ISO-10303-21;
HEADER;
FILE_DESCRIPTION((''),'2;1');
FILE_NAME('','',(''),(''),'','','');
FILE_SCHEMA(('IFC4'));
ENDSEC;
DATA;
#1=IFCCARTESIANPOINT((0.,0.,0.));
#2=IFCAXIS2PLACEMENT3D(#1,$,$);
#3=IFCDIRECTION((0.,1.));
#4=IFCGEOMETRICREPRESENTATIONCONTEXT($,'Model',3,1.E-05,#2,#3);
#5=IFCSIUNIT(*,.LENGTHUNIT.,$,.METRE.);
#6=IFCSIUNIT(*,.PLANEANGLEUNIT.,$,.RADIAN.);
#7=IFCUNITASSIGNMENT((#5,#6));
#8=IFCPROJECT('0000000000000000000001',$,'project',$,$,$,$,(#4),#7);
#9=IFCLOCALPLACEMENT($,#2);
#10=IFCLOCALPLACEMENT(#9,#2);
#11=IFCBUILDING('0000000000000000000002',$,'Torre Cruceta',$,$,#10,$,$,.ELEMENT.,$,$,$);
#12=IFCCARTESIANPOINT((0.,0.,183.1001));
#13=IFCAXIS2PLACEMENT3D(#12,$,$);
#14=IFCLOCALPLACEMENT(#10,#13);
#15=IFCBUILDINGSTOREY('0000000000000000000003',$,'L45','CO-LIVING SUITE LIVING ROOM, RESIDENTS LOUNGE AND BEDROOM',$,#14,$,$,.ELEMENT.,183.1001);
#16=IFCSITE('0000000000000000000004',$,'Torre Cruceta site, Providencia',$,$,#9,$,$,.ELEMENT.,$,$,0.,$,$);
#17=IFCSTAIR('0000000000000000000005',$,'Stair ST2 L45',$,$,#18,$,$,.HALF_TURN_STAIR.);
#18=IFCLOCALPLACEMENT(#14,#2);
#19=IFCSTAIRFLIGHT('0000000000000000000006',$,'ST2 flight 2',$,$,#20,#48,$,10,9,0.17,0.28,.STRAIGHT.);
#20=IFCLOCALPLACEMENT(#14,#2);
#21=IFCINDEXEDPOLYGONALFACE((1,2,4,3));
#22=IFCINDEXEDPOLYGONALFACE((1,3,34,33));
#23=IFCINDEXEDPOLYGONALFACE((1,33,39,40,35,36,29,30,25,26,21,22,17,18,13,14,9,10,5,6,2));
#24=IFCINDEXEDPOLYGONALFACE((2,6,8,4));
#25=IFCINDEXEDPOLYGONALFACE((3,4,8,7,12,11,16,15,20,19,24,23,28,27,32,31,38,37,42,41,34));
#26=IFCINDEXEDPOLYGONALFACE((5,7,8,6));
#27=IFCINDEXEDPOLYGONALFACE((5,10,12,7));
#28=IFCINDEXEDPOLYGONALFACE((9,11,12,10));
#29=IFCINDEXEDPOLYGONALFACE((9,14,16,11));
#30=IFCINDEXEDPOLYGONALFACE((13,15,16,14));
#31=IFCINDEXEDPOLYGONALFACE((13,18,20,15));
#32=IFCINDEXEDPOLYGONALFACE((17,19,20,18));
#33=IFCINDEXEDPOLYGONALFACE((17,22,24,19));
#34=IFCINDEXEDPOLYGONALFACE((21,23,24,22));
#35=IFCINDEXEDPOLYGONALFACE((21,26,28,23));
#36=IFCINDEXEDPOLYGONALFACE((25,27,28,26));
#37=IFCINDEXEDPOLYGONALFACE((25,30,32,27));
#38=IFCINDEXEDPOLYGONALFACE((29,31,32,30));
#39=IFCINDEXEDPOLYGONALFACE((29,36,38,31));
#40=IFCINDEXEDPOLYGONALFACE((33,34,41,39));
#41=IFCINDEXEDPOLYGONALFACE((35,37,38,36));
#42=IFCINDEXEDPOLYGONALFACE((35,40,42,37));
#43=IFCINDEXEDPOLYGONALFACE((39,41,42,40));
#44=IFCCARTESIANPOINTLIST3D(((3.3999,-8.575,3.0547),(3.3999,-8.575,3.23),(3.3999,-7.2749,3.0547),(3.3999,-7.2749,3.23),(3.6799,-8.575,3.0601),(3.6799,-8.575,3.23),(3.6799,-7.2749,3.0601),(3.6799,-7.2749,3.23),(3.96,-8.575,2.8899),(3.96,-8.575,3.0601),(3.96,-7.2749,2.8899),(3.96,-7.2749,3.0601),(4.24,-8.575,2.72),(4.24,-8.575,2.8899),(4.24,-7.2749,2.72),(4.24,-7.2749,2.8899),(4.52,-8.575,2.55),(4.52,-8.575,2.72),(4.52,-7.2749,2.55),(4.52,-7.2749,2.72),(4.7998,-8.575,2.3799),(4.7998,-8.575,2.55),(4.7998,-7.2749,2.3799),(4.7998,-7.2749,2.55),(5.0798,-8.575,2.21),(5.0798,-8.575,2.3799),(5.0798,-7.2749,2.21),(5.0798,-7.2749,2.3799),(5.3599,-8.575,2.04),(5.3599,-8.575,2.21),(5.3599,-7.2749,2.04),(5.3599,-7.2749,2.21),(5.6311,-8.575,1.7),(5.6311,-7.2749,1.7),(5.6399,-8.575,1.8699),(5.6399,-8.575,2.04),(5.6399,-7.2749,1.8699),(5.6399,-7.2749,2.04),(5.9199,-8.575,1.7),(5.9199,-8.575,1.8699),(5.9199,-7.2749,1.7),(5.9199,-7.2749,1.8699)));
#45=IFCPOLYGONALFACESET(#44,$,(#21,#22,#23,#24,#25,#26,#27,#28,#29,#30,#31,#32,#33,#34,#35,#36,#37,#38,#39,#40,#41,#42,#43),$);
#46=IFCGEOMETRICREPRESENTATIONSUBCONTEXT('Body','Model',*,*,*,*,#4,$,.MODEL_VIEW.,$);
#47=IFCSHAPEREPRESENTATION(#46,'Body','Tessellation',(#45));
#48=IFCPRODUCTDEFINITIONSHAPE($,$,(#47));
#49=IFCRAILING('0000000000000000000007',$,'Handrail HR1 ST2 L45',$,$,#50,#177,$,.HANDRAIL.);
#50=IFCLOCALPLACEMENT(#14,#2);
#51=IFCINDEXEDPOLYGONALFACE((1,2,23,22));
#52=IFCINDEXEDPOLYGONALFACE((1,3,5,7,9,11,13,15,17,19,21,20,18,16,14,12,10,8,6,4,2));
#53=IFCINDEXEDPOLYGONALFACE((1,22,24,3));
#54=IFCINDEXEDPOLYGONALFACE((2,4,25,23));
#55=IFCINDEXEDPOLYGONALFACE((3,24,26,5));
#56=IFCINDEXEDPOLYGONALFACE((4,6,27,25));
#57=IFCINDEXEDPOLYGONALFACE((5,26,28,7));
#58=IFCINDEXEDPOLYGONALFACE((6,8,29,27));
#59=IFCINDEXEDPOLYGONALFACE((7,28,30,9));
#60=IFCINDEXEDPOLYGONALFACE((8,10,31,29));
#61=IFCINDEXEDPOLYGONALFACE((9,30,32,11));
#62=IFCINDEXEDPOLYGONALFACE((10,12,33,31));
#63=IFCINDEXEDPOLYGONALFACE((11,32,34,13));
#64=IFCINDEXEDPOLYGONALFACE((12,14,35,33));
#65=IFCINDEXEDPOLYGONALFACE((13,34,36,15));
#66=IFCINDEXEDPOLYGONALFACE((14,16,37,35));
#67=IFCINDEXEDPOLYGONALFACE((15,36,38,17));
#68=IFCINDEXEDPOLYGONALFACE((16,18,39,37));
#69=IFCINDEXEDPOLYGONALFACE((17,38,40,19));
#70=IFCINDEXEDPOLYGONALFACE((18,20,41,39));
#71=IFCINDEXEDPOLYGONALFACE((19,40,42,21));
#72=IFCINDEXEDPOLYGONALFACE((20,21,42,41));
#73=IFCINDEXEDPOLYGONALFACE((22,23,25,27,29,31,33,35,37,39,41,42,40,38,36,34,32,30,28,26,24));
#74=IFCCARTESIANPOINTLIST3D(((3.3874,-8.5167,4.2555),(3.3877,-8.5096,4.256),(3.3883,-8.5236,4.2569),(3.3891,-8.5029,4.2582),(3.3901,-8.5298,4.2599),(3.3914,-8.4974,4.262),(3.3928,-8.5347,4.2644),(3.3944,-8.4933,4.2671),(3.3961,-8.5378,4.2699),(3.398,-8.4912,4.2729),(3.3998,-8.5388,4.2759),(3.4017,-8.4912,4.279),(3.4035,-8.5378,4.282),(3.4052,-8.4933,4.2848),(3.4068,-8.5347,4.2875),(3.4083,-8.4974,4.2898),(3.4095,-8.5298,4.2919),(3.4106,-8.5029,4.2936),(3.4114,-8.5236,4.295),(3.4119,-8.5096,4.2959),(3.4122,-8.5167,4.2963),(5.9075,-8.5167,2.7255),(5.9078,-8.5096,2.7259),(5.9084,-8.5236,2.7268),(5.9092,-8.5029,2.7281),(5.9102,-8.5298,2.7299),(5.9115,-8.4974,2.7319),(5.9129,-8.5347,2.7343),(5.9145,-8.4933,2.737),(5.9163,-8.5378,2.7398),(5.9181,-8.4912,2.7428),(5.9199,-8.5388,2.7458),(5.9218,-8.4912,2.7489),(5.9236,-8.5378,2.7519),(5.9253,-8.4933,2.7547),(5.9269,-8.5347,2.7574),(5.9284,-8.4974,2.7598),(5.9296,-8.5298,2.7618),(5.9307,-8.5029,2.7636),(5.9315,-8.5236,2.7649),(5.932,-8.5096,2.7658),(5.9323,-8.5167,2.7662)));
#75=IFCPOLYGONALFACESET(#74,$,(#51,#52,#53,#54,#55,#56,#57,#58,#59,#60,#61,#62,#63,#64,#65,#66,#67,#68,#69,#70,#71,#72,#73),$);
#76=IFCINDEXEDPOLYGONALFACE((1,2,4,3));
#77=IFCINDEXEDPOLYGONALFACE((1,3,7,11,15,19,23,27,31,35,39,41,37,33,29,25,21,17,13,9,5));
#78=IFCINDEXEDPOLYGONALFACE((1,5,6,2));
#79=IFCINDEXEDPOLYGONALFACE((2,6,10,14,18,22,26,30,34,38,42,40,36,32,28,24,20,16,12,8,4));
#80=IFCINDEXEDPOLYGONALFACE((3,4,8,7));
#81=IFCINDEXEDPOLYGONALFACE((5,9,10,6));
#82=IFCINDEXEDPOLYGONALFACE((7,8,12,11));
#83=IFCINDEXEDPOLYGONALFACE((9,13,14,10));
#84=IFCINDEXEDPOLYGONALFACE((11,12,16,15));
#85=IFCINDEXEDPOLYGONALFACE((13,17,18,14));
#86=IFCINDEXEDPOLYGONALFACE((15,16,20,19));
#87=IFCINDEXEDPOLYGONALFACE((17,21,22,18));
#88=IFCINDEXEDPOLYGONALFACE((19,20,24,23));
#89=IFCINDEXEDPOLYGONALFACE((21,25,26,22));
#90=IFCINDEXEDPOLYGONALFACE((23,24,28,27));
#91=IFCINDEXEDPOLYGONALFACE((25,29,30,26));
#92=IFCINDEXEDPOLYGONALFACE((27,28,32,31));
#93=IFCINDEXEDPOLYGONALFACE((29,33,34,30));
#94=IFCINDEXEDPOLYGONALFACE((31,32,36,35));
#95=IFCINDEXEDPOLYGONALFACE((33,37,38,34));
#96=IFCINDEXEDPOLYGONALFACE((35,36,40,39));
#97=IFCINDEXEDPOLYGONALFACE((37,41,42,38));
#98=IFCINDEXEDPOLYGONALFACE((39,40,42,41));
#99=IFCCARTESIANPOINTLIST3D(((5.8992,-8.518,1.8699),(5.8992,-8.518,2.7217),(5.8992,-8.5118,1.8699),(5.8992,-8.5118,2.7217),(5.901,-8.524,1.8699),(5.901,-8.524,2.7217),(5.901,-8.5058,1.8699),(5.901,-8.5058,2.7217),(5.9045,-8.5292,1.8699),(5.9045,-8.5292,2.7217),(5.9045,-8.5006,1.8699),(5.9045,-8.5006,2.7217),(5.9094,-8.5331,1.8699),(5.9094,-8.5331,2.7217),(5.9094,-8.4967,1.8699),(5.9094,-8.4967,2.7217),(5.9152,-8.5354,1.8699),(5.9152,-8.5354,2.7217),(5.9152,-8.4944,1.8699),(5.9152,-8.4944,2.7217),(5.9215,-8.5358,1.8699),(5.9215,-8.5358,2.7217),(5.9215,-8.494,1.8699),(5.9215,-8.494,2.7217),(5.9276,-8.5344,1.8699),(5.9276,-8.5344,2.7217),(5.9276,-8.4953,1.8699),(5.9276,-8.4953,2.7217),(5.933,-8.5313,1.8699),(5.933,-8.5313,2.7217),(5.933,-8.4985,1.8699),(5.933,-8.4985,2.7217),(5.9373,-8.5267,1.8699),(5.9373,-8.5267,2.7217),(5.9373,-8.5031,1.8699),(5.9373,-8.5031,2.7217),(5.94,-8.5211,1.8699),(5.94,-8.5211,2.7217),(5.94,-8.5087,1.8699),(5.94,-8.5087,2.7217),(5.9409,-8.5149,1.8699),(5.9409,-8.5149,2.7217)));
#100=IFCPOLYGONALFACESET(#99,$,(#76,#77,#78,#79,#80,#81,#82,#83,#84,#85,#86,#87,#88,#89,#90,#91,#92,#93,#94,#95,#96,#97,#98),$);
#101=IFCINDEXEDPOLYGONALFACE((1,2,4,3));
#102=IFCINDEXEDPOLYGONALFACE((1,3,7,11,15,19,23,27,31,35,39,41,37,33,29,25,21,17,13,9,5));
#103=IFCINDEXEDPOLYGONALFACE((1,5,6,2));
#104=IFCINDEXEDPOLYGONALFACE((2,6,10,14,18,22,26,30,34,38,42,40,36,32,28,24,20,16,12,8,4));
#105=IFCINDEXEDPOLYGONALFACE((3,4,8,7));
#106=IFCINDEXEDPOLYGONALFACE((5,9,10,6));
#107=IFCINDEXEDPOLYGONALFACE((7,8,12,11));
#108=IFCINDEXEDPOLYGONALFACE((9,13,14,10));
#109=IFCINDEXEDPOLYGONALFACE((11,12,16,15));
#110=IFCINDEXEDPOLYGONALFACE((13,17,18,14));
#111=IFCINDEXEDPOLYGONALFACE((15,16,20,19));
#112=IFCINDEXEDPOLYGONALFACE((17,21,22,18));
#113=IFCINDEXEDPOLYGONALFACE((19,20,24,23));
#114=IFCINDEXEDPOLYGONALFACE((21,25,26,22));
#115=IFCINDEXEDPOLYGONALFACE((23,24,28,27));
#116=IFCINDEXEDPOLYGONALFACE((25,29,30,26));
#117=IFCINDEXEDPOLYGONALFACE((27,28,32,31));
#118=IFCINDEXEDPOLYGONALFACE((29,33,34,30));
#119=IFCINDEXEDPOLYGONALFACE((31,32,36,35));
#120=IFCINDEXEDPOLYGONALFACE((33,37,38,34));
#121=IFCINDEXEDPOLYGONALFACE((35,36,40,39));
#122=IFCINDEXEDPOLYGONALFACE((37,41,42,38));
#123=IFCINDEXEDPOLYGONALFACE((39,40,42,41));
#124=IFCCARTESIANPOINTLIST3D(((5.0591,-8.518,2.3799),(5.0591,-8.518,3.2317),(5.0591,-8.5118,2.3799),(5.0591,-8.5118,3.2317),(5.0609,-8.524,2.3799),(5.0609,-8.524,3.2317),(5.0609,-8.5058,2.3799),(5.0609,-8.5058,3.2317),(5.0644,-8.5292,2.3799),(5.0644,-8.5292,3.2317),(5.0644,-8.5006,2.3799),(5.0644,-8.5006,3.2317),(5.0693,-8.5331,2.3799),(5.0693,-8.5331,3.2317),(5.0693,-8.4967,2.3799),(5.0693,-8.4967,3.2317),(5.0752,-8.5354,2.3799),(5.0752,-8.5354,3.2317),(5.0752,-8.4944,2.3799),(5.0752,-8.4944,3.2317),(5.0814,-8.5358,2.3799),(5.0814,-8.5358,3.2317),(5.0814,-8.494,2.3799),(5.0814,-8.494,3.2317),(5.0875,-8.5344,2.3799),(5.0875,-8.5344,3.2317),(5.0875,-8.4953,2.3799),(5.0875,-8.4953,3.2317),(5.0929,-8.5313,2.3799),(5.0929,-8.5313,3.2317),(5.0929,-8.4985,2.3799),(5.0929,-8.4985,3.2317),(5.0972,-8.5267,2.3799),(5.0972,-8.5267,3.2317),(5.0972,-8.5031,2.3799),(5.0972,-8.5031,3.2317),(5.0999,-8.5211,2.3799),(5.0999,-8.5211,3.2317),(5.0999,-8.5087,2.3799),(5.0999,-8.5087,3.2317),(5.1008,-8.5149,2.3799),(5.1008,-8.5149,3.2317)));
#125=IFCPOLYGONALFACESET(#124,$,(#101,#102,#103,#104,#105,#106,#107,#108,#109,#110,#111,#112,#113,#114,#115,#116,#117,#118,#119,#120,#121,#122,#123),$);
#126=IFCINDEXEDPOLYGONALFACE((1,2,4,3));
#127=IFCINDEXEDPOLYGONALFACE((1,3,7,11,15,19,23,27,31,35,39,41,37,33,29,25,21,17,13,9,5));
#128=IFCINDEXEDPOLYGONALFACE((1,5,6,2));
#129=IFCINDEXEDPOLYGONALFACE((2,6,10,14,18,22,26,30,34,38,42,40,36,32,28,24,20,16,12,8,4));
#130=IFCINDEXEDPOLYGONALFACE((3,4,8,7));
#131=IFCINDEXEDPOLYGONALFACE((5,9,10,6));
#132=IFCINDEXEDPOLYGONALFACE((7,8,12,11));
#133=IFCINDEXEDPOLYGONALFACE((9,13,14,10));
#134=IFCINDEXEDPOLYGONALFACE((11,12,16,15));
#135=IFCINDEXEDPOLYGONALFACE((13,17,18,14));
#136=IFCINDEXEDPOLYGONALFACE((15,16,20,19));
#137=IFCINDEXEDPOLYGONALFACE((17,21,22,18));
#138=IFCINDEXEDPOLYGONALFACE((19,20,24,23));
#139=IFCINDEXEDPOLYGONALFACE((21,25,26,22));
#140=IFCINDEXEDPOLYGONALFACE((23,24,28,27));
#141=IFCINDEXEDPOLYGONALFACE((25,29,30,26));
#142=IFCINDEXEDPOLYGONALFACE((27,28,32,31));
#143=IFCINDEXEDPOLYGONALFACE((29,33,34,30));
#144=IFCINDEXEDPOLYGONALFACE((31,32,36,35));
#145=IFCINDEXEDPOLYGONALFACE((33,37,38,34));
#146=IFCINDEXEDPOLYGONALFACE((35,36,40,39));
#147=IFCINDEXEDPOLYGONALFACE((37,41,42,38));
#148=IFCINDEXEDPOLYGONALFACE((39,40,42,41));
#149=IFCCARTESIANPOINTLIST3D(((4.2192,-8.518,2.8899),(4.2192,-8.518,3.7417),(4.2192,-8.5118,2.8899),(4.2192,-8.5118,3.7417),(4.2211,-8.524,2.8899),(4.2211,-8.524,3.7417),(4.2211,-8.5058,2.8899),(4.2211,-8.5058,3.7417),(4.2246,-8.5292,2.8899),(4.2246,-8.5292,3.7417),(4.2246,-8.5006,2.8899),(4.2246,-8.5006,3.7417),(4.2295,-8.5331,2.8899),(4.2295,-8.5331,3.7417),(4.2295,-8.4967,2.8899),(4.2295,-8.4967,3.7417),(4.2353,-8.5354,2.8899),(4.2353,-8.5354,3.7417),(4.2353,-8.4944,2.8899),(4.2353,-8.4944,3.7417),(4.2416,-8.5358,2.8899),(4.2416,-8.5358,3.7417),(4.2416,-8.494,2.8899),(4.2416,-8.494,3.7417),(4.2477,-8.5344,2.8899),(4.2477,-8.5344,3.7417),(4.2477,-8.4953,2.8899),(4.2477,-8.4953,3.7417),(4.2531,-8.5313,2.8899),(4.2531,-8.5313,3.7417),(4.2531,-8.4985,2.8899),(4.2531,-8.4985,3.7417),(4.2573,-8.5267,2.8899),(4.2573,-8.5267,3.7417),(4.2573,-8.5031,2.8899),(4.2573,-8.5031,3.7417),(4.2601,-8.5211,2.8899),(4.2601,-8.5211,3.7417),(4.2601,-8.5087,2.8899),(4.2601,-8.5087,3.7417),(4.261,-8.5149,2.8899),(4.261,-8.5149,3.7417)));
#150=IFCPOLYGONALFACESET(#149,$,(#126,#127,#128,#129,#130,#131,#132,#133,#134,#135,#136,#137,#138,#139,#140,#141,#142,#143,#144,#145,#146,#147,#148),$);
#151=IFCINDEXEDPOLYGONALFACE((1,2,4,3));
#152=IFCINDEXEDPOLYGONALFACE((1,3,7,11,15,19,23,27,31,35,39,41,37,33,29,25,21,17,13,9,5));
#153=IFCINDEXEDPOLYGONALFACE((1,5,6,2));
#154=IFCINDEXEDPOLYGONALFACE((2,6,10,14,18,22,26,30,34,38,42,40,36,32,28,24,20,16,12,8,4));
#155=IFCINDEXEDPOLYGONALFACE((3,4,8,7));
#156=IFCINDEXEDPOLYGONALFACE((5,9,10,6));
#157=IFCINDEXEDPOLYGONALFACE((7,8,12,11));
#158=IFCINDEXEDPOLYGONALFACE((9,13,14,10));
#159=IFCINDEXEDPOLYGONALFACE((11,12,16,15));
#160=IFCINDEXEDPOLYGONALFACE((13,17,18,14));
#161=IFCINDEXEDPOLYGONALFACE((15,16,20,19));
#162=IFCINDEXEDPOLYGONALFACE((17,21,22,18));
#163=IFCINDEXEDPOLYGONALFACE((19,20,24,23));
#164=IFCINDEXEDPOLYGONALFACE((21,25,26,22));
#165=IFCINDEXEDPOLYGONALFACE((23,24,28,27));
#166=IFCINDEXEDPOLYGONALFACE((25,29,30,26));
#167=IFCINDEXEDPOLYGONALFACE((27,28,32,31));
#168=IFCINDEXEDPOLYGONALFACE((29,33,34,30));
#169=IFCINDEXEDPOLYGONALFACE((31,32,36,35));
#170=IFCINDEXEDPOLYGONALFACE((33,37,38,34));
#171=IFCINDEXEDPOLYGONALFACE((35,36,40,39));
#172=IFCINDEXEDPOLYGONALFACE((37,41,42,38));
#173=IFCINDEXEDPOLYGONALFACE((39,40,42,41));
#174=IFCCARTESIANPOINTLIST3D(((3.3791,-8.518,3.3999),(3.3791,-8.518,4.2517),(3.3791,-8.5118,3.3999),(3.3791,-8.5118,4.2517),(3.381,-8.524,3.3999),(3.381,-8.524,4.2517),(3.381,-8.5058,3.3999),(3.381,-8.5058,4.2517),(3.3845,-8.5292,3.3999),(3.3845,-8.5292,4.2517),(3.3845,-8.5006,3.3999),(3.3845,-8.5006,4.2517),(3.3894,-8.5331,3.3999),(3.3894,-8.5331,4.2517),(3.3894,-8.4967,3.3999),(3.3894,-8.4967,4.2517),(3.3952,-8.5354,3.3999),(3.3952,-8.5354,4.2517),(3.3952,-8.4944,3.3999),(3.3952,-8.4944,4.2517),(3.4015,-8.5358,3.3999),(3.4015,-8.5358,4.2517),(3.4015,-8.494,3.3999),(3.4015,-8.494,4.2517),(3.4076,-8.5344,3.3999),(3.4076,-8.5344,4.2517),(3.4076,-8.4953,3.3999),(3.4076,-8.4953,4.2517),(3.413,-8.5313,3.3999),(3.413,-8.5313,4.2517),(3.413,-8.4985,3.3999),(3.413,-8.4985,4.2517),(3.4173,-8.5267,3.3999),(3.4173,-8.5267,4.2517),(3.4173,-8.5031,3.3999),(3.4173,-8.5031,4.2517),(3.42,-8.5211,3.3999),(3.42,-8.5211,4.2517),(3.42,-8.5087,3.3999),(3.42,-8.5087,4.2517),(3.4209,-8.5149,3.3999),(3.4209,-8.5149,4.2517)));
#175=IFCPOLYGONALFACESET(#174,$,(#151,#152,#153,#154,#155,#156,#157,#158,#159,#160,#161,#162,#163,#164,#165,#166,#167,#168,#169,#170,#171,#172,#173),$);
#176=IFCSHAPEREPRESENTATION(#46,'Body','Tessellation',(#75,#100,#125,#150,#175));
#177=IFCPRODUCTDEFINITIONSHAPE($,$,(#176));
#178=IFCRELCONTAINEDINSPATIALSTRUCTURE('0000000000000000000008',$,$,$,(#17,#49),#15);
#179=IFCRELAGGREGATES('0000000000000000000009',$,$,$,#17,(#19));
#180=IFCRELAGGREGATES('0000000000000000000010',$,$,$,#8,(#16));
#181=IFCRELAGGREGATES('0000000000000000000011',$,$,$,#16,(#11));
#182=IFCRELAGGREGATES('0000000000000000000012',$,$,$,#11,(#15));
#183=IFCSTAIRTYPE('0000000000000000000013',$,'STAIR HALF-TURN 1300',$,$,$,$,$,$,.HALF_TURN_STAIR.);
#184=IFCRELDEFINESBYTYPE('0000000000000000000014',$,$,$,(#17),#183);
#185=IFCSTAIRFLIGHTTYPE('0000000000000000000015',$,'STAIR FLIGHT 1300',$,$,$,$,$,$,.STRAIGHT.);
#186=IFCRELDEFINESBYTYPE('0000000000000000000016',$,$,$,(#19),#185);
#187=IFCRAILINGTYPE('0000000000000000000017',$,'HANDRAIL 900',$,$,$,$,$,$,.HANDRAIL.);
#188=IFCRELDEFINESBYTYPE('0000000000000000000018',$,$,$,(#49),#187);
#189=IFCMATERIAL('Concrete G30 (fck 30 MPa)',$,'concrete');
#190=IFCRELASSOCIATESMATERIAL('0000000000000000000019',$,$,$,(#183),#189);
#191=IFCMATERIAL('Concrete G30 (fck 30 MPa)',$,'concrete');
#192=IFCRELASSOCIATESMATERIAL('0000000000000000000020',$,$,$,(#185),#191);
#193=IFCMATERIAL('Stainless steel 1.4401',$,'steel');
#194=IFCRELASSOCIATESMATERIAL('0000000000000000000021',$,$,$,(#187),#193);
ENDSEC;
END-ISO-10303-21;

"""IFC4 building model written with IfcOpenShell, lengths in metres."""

from ifc_helpers import new_model, si_unit, direction, frame, origin, origin_2d, place, context, subcontext, project, spatial, polyline, circle, outline, extrude, material, type_object, element, aggregate, save


model = new_model("IFC4")

# Units and contexts
model_context = context("Model", 3, precision=1e-05, world=origin(), true_north=direction((0.0, 1.0)))
body_context = subcontext(model_context, "Body", "Model", "MODEL_VIEW")
ifc_project = project(units=[si_unit("LENGTHUNIT", "METRE"), si_unit("PLANEANGLEUNIT", "RADIAN")], contexts=[model_context])

# Site, building, storey
site_placement = place(None, origin())
site = spatial("IfcSite", under=ifc_project, at=site_placement, Name="Torre Cruceta site, Providencia", CompositionType="ELEMENT", RefElevation=0.0)
building_placement = place(site_placement, origin())
building = spatial("IfcBuilding", under=site, at=building_placement, Name="Torre Cruceta", CompositionType="ELEMENT")
storey_placement = place(building_placement, frame((0.0, 0.0, 183.1001)))
storey = spatial("IfcBuildingStorey", under=building, at=storey_placement, Name="L45", Description="CO-LIVING SUITE LIVING ROOM, RESIDENTS LOUNGE AND BEDROOM", CompositionType="ELEMENT", Elevation=183.1001)

# Stair, stair flight
ifc_material_1 = material(Name="Concrete G30 (fck 30 MPa)", Category="concrete")
stair_type = type_object("IfcStairType", Name="STAIR HALF-TURN 1300", PredefinedType="HALF_TURN_STAIR", material=ifc_material_1)
stair_placement = place(storey_placement, origin())
stair = element("IfcStair", 1, at=stair_placement, inside=storey, type_object=stair_type, Name="Stair ST2 L45", PredefinedType="HALF_TURN_STAIR")
ifc_material_2 = material(Name="Concrete G30 (fck 30 MPa)", Category="concrete")
stair_flight_type = type_object("IfcStairFlightType", Name="STAIR FLIGHT 1300", PredefinedType="STRAIGHT", material=ifc_material_2)
stair_flight_1_placement = place(storey_placement, frame((5.9199, -7.925, 1.7), z_axis=(0.0, 0.0, 1.0), x_axis=(-1.0, 0.0, 0.0)))
stair_flight_1 = element("IfcStairFlight", 2, at=stair_flight_1_placement, type_object=stair_flight_type, Name="ST2 flight 2", NumberOfRisers=10, NumberOfTreads=9, PredefinedType="STRAIGHT", RiserHeight=0.17, TreadLength=0.28, context=body_context, shape_type="SweptSolid", body=[
    extrude(outline(polyline([(0.0, 0.0), (0.0, 0.1699), (0.28, 0.1699), (0.28, 0.3401), (0.5601, 0.3401), (0.5601, 0.51), (0.8401, 0.51), (0.8401, 0.6799), (1.1201, 0.6799), (1.1201, 0.8501), (1.3999, 0.8501), (1.3999, 1.02), (1.6799, 1.02), (1.6799, 1.1899), (1.96, 1.1899), (1.96, 1.3601), (2.24, 1.3601), (2.24, 1.53), (2.52, 1.53), (2.52, 1.7), (2.52, 1.3547), (0.2888, 0.0), (0.0, 0.0)])), frame((0.0, 0.6499, 0.0), z_axis=(0.0, -1.0, 0.0), x_axis=(1.0, 0.0, 0.0)), (0.0, 0.0, 1.0), 1.3),
])
aggregate(stair, [stair_flight_1])

# Railing
ifc_material_3 = material(Name="Stainless steel 1.4401", Category="steel")
railing_type = type_object("IfcRailingType", Name="HANDRAIL 900", PredefinedType="HANDRAIL", material=ifc_material_3)
railing_1_placement = place(storey_placement, frame((5.9199, -8.5149, 1.8699)))
element("IfcRailing", 3, at=railing_1_placement, inside=storey, type_object=railing_type, Name="Handrail HR1 ST2 L45", PredefinedType="HANDRAIL", context=body_context, shape_type="SweptSolid", body=[
    extrude(circle(Radius=0.0239, at=origin_2d()), frame((0.0, 0.0, 0.876), z_axis=(-0.854785, 0.0, 0.518982), x_axis=(0.0, -1.0, 0.0)), (0.0, 0.0, 1.0), 2.9482),
    extrude(circle(Radius=0.021, at=origin_2d()), origin(), (0.0, 0.0, 1.0), 0.8518),
    extrude(circle(Radius=0.021, at=origin_2d()), frame((-0.8401, 0.0, 0.51)), (0.0, 0.0, 1.0), 0.8518),
    extrude(circle(Radius=0.021, at=origin_2d()), frame((-1.6799, 0.0, 1.02)), (0.0, 0.0, 1.0), 0.8518),
    extrude(circle(Radius=0.021, at=origin_2d()), frame((-2.52, 0.0, 1.53)), (0.0, 0.0, 1.0), 0.8518),
])

save(model, "model.ifc")
